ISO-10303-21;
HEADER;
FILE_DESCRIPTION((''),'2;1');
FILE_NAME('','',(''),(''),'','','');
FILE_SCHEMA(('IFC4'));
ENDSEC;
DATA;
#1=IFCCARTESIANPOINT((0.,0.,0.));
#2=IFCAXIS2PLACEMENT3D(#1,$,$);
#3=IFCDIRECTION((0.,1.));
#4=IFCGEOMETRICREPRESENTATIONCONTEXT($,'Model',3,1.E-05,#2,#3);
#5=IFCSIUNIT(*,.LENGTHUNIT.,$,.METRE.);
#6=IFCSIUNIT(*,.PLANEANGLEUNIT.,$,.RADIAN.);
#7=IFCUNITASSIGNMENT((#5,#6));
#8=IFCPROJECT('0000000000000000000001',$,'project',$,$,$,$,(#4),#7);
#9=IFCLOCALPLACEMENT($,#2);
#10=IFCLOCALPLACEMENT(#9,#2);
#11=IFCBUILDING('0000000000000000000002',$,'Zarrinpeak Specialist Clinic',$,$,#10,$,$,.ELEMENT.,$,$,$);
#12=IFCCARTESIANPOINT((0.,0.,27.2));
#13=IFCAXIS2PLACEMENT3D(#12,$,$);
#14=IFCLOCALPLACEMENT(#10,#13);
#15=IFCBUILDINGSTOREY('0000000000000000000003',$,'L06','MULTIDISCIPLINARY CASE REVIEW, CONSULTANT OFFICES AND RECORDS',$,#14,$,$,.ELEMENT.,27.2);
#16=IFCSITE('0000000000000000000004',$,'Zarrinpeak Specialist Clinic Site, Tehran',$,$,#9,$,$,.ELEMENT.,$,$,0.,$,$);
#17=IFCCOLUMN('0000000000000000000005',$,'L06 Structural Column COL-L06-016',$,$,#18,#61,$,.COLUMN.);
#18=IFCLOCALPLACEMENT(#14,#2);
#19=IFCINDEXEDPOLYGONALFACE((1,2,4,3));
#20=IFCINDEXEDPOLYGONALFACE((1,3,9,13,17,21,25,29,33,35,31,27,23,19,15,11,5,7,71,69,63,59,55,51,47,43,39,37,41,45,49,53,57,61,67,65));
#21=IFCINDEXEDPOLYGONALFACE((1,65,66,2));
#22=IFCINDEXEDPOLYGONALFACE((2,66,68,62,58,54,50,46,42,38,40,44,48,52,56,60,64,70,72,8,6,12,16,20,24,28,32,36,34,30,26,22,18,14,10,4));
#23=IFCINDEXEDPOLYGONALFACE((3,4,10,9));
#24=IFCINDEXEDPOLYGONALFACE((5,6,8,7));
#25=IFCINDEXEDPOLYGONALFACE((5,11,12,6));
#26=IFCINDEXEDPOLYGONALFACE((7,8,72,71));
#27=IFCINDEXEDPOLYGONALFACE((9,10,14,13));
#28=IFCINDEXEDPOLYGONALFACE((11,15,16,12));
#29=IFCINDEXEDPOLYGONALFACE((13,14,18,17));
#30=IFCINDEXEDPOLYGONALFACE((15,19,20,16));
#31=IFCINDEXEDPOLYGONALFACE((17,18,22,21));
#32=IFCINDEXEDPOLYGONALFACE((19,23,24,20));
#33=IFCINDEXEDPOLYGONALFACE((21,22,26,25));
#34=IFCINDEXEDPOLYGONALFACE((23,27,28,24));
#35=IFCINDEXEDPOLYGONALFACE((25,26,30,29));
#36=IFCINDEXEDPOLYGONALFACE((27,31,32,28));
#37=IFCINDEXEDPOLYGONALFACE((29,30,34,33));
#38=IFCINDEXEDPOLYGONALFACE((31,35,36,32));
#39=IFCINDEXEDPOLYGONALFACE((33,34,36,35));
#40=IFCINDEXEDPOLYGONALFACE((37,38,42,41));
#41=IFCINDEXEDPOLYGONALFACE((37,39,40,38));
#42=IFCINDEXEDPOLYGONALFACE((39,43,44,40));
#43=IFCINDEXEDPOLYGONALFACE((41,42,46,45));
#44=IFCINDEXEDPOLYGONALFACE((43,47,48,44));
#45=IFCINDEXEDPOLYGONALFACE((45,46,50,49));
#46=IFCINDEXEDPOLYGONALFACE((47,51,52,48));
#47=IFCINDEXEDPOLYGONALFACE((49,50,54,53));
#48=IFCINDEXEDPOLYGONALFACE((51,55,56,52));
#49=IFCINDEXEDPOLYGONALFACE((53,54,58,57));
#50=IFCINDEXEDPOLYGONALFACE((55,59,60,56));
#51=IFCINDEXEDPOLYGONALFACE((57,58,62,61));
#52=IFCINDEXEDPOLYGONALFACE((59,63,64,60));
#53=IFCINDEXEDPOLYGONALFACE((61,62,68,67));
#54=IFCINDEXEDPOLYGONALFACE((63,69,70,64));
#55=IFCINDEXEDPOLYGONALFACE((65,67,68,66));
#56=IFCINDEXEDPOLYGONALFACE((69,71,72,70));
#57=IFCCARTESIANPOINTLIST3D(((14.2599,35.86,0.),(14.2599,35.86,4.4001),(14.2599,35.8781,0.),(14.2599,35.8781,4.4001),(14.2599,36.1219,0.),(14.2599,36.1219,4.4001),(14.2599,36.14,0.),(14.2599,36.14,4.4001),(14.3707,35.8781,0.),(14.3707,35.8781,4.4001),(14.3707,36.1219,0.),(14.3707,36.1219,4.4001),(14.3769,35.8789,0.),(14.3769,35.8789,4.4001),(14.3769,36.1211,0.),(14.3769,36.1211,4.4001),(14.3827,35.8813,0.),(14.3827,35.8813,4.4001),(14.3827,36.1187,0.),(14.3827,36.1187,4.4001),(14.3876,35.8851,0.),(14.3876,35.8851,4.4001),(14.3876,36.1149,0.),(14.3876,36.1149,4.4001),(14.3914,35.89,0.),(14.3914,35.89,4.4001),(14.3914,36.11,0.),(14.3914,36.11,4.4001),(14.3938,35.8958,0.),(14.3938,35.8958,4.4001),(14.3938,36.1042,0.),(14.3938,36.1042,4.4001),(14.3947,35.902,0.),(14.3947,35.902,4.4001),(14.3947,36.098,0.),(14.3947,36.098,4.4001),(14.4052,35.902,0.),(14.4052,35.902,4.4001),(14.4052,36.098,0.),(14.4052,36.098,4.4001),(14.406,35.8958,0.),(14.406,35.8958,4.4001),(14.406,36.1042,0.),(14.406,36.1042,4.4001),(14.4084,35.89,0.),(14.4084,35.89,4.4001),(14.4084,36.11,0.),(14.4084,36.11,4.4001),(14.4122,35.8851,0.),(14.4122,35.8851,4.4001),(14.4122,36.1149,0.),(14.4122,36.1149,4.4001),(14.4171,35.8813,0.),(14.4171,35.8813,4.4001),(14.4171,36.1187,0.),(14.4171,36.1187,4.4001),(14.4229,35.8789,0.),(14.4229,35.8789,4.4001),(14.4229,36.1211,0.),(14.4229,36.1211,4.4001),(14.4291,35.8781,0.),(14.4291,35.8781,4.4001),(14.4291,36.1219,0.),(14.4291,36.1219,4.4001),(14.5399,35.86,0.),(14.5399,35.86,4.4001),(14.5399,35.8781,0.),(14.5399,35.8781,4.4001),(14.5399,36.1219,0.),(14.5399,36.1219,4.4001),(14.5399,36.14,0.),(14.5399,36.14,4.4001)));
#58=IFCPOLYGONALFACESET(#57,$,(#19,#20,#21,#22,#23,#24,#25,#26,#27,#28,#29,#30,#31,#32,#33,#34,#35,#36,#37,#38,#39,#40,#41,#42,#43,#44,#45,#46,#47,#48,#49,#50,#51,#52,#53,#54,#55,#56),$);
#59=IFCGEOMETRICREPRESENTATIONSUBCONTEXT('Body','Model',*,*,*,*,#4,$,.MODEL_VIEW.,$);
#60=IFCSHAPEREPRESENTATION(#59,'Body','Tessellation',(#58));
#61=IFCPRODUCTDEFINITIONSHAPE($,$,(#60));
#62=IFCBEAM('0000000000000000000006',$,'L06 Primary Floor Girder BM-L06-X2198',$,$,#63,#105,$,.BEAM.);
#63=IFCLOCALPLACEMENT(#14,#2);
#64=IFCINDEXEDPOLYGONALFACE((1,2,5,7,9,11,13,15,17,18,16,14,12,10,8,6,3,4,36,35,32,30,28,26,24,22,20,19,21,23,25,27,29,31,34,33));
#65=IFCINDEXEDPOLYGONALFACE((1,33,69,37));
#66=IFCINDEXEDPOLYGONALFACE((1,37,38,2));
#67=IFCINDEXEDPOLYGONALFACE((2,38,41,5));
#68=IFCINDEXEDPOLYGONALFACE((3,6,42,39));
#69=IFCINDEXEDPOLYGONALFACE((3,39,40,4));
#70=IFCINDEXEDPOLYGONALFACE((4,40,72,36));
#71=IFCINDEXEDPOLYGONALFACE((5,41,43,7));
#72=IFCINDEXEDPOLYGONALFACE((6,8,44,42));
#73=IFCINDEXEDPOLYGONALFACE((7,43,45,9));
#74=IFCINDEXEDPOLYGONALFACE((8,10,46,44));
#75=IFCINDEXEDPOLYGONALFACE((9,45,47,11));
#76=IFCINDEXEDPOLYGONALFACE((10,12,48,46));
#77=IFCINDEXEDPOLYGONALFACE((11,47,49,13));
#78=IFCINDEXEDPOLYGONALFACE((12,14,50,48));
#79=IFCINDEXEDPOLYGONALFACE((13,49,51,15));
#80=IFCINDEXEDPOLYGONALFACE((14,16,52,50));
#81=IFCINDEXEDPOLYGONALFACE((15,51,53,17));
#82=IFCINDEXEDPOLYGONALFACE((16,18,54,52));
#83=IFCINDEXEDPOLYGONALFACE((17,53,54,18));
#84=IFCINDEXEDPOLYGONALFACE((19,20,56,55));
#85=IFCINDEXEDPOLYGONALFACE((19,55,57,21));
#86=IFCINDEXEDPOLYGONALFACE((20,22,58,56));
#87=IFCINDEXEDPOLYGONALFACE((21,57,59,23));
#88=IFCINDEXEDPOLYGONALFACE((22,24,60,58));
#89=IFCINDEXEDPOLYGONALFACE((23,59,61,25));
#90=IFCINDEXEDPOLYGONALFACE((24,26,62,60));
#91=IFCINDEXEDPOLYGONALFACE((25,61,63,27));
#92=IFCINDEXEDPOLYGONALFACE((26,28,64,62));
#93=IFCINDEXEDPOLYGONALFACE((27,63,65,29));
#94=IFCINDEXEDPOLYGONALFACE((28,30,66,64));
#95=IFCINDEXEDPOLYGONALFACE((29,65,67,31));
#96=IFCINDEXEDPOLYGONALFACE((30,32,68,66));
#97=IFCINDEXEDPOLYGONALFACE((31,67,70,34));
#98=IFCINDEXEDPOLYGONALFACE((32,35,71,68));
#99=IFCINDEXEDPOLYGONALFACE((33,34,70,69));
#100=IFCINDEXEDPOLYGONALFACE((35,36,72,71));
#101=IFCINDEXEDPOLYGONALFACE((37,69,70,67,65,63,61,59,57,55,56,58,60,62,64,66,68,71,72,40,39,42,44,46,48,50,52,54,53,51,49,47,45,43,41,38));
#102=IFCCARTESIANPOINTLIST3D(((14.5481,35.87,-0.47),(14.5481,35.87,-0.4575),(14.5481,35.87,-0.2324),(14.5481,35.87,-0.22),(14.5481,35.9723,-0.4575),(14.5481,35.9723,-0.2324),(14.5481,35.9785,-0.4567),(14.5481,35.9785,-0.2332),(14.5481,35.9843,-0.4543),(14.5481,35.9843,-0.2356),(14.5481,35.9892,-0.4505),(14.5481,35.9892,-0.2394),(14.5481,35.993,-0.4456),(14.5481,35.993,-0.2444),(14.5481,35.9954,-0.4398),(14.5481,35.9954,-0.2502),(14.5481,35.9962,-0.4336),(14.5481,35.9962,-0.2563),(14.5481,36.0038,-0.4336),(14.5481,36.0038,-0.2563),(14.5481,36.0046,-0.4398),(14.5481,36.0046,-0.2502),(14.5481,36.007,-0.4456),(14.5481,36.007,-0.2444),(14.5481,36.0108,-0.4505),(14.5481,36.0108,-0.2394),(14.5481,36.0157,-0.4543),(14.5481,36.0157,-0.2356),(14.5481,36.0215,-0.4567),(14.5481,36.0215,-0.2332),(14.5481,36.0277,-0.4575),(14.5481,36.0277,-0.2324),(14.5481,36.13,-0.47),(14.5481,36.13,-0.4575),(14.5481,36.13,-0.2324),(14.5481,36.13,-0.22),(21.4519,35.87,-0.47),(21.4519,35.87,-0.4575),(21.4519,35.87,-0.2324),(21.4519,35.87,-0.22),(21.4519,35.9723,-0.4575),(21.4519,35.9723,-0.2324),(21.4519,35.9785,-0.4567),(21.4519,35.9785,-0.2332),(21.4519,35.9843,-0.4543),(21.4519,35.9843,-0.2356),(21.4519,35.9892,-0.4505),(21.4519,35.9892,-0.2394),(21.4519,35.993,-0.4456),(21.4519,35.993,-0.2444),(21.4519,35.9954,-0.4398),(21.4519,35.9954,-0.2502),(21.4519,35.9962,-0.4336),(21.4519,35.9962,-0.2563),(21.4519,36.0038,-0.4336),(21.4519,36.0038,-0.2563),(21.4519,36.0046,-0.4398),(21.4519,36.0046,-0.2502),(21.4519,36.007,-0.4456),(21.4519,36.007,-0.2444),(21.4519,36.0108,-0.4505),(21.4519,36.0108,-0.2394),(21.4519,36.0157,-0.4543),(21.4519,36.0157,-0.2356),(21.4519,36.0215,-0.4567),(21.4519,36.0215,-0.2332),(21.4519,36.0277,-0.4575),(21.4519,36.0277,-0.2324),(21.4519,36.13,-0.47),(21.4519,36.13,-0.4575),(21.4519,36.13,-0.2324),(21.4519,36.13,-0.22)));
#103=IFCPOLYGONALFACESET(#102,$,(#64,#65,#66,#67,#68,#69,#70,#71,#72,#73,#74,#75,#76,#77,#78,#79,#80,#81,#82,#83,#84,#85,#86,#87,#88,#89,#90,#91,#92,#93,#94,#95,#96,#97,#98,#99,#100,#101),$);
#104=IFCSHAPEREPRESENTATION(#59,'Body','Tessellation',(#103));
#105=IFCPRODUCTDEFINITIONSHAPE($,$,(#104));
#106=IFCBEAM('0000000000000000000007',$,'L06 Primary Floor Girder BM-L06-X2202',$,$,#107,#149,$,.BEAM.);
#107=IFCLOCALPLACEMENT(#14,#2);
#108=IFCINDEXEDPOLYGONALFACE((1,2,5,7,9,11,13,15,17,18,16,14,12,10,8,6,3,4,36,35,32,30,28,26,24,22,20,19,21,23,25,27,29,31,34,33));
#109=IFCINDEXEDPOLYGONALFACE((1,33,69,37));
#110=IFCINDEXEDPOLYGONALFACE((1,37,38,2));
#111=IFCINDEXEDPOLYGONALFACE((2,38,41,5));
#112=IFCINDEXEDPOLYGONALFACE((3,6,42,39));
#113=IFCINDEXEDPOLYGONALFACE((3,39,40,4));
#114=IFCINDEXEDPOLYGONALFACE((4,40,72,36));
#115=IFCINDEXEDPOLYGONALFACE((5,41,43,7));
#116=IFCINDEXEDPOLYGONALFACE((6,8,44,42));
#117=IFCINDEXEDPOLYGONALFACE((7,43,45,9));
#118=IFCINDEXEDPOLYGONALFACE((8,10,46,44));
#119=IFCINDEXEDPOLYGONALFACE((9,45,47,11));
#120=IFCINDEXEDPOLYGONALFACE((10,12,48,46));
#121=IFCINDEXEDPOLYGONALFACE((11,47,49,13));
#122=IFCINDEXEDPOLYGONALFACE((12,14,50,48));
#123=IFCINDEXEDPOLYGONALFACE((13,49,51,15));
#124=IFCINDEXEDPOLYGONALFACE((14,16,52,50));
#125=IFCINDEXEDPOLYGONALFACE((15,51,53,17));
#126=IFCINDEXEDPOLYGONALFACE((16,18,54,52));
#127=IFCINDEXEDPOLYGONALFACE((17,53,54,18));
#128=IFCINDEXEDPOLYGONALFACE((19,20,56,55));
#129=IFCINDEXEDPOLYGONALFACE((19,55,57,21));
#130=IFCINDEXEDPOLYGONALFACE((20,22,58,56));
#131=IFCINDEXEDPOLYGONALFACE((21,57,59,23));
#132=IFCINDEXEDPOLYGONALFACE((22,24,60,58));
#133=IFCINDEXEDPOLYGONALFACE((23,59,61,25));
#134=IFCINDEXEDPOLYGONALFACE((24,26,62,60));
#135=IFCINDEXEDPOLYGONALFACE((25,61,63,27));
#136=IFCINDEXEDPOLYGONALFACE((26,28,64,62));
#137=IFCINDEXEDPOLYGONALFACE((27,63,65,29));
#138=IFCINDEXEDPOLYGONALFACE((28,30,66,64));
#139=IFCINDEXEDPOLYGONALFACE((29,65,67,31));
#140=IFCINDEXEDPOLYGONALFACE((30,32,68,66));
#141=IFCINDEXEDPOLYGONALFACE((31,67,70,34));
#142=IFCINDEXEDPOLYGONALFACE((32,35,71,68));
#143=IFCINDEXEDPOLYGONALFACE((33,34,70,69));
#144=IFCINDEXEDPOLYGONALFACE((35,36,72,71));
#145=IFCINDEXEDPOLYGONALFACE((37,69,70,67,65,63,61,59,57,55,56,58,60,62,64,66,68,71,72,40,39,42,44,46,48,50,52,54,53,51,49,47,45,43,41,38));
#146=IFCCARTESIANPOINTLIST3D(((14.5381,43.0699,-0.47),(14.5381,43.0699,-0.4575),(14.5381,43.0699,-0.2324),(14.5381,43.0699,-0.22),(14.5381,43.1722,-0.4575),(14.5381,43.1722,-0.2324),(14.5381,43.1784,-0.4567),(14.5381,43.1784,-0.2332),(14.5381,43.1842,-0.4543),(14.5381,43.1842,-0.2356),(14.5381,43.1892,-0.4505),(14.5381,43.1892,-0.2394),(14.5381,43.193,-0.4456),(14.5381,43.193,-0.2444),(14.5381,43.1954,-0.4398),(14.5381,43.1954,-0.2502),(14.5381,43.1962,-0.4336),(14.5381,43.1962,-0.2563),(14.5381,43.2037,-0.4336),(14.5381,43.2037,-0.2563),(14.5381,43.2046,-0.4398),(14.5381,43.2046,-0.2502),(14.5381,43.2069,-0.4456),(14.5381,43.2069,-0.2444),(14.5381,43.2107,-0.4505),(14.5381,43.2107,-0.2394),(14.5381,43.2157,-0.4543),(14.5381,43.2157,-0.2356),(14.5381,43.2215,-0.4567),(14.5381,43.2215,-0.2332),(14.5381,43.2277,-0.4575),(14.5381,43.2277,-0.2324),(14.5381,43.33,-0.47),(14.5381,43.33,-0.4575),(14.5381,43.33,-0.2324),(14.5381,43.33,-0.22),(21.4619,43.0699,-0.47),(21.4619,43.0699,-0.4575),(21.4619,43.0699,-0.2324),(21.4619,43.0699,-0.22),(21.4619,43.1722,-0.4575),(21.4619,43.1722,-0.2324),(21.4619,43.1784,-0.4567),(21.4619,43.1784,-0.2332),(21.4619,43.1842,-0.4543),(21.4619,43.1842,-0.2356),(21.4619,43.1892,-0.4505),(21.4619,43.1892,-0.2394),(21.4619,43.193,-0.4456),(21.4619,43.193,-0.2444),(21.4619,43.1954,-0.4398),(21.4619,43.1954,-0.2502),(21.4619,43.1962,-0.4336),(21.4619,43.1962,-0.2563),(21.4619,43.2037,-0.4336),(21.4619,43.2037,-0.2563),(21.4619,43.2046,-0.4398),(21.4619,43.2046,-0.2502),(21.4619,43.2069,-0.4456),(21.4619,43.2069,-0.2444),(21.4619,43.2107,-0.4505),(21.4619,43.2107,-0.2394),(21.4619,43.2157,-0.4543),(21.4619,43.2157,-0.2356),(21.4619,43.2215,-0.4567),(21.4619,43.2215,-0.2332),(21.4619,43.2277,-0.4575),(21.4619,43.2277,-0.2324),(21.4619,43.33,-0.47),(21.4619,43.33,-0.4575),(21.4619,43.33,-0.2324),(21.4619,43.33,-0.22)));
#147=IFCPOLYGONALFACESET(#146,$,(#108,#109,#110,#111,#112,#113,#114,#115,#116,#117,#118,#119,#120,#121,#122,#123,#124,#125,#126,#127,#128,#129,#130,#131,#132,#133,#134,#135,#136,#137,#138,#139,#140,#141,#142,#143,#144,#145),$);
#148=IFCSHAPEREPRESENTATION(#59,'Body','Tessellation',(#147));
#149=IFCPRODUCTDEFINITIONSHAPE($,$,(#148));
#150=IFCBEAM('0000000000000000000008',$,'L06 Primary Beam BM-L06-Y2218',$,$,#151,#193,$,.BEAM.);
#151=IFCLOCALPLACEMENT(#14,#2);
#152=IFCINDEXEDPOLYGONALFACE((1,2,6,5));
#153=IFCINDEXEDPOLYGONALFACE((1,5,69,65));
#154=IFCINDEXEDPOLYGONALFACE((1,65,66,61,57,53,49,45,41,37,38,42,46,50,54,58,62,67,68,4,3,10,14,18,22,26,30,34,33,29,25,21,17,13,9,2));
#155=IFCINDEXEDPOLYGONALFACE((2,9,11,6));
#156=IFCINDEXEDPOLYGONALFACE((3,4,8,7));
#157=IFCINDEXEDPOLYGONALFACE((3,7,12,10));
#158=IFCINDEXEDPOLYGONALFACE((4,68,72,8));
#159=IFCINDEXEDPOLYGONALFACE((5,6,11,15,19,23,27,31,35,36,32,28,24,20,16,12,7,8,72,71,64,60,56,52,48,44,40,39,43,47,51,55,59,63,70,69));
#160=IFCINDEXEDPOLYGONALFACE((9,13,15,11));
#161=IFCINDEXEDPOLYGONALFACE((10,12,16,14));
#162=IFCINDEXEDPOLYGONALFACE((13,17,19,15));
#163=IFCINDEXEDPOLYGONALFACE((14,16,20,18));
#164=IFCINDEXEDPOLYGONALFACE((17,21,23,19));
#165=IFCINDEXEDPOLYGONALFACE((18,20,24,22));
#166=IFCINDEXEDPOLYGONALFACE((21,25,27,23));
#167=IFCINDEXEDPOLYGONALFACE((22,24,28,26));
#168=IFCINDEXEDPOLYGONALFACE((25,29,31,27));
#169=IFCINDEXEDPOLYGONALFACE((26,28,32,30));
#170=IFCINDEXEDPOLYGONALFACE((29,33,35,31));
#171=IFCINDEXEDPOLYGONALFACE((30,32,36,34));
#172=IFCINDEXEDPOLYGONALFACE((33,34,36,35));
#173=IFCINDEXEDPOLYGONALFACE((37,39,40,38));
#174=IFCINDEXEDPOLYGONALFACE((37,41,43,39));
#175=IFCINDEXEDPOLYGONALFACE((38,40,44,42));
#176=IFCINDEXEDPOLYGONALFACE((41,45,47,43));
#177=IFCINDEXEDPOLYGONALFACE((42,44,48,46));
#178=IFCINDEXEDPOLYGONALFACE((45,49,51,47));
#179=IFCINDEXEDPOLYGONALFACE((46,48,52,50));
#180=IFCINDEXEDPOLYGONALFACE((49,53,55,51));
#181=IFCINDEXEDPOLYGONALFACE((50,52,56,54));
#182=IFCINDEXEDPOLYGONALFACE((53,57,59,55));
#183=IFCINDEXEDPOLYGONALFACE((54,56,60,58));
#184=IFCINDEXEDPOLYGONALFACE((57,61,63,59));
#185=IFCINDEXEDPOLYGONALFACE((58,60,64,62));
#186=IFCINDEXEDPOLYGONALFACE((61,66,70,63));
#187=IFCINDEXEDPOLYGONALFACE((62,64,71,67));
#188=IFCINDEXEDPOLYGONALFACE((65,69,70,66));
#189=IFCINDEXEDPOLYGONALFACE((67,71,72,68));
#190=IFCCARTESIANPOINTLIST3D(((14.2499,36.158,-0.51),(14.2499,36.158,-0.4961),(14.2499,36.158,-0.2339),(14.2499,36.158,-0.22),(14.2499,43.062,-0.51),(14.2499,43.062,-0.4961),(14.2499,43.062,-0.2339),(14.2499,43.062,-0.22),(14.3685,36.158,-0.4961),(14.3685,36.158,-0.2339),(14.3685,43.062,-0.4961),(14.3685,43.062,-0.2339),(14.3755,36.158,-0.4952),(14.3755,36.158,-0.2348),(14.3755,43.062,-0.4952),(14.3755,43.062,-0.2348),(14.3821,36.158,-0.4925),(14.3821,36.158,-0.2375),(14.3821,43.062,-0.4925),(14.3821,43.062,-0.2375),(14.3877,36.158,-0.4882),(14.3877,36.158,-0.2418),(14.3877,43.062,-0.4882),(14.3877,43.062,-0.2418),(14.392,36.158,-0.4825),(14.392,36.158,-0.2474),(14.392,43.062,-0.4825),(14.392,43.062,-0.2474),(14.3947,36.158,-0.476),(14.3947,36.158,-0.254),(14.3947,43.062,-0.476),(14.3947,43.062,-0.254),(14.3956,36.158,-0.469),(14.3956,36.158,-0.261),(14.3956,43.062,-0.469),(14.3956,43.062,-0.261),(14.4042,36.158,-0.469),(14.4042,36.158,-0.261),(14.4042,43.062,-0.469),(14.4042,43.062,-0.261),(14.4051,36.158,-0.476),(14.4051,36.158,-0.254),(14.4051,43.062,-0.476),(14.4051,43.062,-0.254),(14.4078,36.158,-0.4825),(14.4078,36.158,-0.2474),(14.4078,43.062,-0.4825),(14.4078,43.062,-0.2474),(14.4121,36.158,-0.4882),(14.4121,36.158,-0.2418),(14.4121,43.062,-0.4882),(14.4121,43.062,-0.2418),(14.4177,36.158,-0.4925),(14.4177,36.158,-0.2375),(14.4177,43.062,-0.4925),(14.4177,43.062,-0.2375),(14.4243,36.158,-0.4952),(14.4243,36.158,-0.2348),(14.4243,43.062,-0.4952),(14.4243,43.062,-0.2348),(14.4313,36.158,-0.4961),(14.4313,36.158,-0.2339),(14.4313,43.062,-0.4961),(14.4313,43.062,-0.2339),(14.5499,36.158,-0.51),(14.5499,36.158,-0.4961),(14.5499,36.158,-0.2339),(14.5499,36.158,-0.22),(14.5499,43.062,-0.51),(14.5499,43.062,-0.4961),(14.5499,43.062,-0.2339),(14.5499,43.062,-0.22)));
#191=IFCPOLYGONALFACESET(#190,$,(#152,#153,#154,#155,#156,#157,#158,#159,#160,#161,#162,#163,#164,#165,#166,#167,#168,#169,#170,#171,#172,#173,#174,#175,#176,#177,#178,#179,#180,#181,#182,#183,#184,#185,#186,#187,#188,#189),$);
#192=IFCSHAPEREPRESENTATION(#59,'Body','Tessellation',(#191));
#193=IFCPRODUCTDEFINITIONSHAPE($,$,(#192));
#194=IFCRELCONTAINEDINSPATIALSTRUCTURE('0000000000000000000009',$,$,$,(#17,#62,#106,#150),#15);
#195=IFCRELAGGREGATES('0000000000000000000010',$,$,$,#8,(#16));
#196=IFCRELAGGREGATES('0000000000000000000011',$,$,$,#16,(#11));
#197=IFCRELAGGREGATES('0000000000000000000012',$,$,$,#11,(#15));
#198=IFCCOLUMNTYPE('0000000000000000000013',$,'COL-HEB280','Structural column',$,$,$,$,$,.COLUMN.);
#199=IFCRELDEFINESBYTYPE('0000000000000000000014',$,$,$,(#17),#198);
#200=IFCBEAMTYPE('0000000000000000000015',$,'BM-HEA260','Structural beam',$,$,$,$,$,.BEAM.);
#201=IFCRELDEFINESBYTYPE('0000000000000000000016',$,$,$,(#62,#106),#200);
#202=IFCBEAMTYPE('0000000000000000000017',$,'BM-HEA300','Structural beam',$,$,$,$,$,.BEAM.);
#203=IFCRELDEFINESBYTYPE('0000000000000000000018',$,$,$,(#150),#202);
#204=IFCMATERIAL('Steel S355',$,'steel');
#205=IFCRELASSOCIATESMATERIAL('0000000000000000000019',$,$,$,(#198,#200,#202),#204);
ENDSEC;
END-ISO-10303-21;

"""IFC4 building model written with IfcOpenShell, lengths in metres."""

from ifc_helpers import new_model, si_unit, direction, frame, origin, origin_2d, place, context, subcontext, project, spatial, i_section, extrude, material, material_profile, profile_set, type_object, element, save


model = new_model("IFC4")

# Units and contexts
model_context = context("Model", 3, precision=1e-05, world=origin(), true_north=direction((0.0, 1.0)))
body_context = subcontext(model_context, "Body", "Model", "MODEL_VIEW")
ifc_project = project(units=[si_unit("LENGTHUNIT", "METRE"), si_unit("PLANEANGLEUNIT", "RADIAN")], contexts=[model_context])

# Site, building, storey
site_placement = place(None, origin())
site = spatial("IfcSite", under=ifc_project, at=site_placement, Name="Zarrinpeak Specialist Clinic Site, Tehran", CompositionType="ELEMENT", RefElevation=0.0)
building_placement = place(site_placement, origin())
building = spatial("IfcBuilding", under=site, at=building_placement, Name="Zarrinpeak Specialist Clinic", CompositionType="ELEMENT")
storey_placement = place(building_placement, frame((0.0, 0.0, 27.2)))
storey = spatial("IfcBuildingStorey", under=building, at=storey_placement, Name="L06", Description="MULTIDISCIPLINARY CASE REVIEW, CONSULTANT OFFICES AND RECORDS", CompositionType="ELEMENT", Elevation=27.2)

# Column
ifc_material_1 = material(Name="Steel S355", Category="steel")
ifc_material_profile_1 = material_profile(ifc_material_1, i_section(OverallWidth=0.28, OverallDepth=0.28, WebThickness=0.0105, FlangeThickness=0.0181, FilletRadius=0.0239, at=origin_2d()), Name="HEB 280")
ifc_profile_set_1 = profile_set([ifc_material_profile_1], Name="Steel S355")
column_type = type_object("IfcColumnType", Name="COL-HEB280", Description="Structural column", PredefinedType="COLUMN", material=ifc_profile_set_1)
column_placement = place(storey_placement, frame((14.3999, 36.0, 0.0), z_axis=(0.0, 0.0, 1.0), x_axis=(1.0, 0.0, 0.0)))
element("IfcColumn", 1, at=column_placement, inside=storey, type_object=column_type, Name="L06 Structural Column COL-L06-016", PredefinedType="COLUMN", context=body_context, shape_type="SweptSolid", body=[
    extrude(i_section(OverallWidth=0.28, OverallDepth=0.28, WebThickness=0.0105, FlangeThickness=0.0181, FilletRadius=0.0239, at=origin_2d()), origin(), (0.0, 0.0, 1.0), 4.4001),
])

# Beams
ifc_material_profile_2 = material_profile(ifc_material_1, i_section(OverallWidth=0.26, OverallDepth=0.25, WebThickness=0.0076, FlangeThickness=0.0125, FilletRadius=0.0239, at=origin_2d()), Name="HEA 260")
ifc_profile_set_2 = profile_set([ifc_material_profile_2], Name="Steel S355")
beam_type_1 = type_object("IfcBeamType", Name="BM-HEA260", Description="Structural beam", PredefinedType="BEAM", material=ifc_profile_set_2)
beam_1_placement = place(storey_placement, frame((14.5481, 36.0, -0.345), z_axis=(1.0, 0.0, 0.0), x_axis=(0.0, 1.0, 0.0)))
element("IfcBeam", 2, at=beam_1_placement, inside=storey, type_object=beam_type_1, Name="L06 Primary Floor Girder BM-L06-X2198", PredefinedType="BEAM", context=body_context, shape_type="SweptSolid", body=[
    extrude(i_section(OverallWidth=0.26, OverallDepth=0.25, WebThickness=0.0076, FlangeThickness=0.0125, FilletRadius=0.0239, at=origin_2d()), origin(), (0.0, 0.0, 1.0), 6.9038),
])
beam_2_placement = place(storey_placement, frame((14.5381, 43.2, -0.345), z_axis=(1.0, 0.0, 0.0), x_axis=(0.0, 1.0, 0.0)))
element("IfcBeam", 3, at=beam_2_placement, inside=storey, type_object=beam_type_1, Name="L06 Primary Floor Girder BM-L06-X2202", PredefinedType="BEAM", context=body_context, shape_type="SweptSolid", body=[
    extrude(i_section(OverallWidth=0.26, OverallDepth=0.25, WebThickness=0.0076, FlangeThickness=0.0125, FilletRadius=0.0239, at=origin_2d()), origin(), (0.0, 0.0, 1.0), 6.9238),
])
ifc_material_profile_3 = material_profile(ifc_material_1, i_section(OverallWidth=0.3, OverallDepth=0.29, WebThickness=0.0085, FlangeThickness=0.0139, FilletRadius=0.0271, at=origin_2d()), Name="HEA 300")
ifc_profile_set_3 = profile_set([ifc_material_profile_3], Name="Steel S355")
beam_type_2 = type_object("IfcBeamType", Name="BM-HEA300", Description="Structural beam", PredefinedType="BEAM", material=ifc_profile_set_3)
beam_3_placement = place(storey_placement, frame((14.3999, 36.158, -0.365), z_axis=(0.0, 1.0, 0.0), x_axis=(-1.0, 0.0, 0.0)))
element("IfcBeam", 4, at=beam_3_placement, inside=storey, type_object=beam_type_2, Name="L06 Primary Beam BM-L06-Y2218", PredefinedType="BEAM", context=body_context, shape_type="SweptSolid", body=[
    extrude(i_section(OverallWidth=0.3, OverallDepth=0.29, WebThickness=0.0085, FlangeThickness=0.0139, FilletRadius=0.0271, at=origin_2d()), origin(), (0.0, 0.0, 1.0), 6.9041),
])

save(model, "model.ifc")
